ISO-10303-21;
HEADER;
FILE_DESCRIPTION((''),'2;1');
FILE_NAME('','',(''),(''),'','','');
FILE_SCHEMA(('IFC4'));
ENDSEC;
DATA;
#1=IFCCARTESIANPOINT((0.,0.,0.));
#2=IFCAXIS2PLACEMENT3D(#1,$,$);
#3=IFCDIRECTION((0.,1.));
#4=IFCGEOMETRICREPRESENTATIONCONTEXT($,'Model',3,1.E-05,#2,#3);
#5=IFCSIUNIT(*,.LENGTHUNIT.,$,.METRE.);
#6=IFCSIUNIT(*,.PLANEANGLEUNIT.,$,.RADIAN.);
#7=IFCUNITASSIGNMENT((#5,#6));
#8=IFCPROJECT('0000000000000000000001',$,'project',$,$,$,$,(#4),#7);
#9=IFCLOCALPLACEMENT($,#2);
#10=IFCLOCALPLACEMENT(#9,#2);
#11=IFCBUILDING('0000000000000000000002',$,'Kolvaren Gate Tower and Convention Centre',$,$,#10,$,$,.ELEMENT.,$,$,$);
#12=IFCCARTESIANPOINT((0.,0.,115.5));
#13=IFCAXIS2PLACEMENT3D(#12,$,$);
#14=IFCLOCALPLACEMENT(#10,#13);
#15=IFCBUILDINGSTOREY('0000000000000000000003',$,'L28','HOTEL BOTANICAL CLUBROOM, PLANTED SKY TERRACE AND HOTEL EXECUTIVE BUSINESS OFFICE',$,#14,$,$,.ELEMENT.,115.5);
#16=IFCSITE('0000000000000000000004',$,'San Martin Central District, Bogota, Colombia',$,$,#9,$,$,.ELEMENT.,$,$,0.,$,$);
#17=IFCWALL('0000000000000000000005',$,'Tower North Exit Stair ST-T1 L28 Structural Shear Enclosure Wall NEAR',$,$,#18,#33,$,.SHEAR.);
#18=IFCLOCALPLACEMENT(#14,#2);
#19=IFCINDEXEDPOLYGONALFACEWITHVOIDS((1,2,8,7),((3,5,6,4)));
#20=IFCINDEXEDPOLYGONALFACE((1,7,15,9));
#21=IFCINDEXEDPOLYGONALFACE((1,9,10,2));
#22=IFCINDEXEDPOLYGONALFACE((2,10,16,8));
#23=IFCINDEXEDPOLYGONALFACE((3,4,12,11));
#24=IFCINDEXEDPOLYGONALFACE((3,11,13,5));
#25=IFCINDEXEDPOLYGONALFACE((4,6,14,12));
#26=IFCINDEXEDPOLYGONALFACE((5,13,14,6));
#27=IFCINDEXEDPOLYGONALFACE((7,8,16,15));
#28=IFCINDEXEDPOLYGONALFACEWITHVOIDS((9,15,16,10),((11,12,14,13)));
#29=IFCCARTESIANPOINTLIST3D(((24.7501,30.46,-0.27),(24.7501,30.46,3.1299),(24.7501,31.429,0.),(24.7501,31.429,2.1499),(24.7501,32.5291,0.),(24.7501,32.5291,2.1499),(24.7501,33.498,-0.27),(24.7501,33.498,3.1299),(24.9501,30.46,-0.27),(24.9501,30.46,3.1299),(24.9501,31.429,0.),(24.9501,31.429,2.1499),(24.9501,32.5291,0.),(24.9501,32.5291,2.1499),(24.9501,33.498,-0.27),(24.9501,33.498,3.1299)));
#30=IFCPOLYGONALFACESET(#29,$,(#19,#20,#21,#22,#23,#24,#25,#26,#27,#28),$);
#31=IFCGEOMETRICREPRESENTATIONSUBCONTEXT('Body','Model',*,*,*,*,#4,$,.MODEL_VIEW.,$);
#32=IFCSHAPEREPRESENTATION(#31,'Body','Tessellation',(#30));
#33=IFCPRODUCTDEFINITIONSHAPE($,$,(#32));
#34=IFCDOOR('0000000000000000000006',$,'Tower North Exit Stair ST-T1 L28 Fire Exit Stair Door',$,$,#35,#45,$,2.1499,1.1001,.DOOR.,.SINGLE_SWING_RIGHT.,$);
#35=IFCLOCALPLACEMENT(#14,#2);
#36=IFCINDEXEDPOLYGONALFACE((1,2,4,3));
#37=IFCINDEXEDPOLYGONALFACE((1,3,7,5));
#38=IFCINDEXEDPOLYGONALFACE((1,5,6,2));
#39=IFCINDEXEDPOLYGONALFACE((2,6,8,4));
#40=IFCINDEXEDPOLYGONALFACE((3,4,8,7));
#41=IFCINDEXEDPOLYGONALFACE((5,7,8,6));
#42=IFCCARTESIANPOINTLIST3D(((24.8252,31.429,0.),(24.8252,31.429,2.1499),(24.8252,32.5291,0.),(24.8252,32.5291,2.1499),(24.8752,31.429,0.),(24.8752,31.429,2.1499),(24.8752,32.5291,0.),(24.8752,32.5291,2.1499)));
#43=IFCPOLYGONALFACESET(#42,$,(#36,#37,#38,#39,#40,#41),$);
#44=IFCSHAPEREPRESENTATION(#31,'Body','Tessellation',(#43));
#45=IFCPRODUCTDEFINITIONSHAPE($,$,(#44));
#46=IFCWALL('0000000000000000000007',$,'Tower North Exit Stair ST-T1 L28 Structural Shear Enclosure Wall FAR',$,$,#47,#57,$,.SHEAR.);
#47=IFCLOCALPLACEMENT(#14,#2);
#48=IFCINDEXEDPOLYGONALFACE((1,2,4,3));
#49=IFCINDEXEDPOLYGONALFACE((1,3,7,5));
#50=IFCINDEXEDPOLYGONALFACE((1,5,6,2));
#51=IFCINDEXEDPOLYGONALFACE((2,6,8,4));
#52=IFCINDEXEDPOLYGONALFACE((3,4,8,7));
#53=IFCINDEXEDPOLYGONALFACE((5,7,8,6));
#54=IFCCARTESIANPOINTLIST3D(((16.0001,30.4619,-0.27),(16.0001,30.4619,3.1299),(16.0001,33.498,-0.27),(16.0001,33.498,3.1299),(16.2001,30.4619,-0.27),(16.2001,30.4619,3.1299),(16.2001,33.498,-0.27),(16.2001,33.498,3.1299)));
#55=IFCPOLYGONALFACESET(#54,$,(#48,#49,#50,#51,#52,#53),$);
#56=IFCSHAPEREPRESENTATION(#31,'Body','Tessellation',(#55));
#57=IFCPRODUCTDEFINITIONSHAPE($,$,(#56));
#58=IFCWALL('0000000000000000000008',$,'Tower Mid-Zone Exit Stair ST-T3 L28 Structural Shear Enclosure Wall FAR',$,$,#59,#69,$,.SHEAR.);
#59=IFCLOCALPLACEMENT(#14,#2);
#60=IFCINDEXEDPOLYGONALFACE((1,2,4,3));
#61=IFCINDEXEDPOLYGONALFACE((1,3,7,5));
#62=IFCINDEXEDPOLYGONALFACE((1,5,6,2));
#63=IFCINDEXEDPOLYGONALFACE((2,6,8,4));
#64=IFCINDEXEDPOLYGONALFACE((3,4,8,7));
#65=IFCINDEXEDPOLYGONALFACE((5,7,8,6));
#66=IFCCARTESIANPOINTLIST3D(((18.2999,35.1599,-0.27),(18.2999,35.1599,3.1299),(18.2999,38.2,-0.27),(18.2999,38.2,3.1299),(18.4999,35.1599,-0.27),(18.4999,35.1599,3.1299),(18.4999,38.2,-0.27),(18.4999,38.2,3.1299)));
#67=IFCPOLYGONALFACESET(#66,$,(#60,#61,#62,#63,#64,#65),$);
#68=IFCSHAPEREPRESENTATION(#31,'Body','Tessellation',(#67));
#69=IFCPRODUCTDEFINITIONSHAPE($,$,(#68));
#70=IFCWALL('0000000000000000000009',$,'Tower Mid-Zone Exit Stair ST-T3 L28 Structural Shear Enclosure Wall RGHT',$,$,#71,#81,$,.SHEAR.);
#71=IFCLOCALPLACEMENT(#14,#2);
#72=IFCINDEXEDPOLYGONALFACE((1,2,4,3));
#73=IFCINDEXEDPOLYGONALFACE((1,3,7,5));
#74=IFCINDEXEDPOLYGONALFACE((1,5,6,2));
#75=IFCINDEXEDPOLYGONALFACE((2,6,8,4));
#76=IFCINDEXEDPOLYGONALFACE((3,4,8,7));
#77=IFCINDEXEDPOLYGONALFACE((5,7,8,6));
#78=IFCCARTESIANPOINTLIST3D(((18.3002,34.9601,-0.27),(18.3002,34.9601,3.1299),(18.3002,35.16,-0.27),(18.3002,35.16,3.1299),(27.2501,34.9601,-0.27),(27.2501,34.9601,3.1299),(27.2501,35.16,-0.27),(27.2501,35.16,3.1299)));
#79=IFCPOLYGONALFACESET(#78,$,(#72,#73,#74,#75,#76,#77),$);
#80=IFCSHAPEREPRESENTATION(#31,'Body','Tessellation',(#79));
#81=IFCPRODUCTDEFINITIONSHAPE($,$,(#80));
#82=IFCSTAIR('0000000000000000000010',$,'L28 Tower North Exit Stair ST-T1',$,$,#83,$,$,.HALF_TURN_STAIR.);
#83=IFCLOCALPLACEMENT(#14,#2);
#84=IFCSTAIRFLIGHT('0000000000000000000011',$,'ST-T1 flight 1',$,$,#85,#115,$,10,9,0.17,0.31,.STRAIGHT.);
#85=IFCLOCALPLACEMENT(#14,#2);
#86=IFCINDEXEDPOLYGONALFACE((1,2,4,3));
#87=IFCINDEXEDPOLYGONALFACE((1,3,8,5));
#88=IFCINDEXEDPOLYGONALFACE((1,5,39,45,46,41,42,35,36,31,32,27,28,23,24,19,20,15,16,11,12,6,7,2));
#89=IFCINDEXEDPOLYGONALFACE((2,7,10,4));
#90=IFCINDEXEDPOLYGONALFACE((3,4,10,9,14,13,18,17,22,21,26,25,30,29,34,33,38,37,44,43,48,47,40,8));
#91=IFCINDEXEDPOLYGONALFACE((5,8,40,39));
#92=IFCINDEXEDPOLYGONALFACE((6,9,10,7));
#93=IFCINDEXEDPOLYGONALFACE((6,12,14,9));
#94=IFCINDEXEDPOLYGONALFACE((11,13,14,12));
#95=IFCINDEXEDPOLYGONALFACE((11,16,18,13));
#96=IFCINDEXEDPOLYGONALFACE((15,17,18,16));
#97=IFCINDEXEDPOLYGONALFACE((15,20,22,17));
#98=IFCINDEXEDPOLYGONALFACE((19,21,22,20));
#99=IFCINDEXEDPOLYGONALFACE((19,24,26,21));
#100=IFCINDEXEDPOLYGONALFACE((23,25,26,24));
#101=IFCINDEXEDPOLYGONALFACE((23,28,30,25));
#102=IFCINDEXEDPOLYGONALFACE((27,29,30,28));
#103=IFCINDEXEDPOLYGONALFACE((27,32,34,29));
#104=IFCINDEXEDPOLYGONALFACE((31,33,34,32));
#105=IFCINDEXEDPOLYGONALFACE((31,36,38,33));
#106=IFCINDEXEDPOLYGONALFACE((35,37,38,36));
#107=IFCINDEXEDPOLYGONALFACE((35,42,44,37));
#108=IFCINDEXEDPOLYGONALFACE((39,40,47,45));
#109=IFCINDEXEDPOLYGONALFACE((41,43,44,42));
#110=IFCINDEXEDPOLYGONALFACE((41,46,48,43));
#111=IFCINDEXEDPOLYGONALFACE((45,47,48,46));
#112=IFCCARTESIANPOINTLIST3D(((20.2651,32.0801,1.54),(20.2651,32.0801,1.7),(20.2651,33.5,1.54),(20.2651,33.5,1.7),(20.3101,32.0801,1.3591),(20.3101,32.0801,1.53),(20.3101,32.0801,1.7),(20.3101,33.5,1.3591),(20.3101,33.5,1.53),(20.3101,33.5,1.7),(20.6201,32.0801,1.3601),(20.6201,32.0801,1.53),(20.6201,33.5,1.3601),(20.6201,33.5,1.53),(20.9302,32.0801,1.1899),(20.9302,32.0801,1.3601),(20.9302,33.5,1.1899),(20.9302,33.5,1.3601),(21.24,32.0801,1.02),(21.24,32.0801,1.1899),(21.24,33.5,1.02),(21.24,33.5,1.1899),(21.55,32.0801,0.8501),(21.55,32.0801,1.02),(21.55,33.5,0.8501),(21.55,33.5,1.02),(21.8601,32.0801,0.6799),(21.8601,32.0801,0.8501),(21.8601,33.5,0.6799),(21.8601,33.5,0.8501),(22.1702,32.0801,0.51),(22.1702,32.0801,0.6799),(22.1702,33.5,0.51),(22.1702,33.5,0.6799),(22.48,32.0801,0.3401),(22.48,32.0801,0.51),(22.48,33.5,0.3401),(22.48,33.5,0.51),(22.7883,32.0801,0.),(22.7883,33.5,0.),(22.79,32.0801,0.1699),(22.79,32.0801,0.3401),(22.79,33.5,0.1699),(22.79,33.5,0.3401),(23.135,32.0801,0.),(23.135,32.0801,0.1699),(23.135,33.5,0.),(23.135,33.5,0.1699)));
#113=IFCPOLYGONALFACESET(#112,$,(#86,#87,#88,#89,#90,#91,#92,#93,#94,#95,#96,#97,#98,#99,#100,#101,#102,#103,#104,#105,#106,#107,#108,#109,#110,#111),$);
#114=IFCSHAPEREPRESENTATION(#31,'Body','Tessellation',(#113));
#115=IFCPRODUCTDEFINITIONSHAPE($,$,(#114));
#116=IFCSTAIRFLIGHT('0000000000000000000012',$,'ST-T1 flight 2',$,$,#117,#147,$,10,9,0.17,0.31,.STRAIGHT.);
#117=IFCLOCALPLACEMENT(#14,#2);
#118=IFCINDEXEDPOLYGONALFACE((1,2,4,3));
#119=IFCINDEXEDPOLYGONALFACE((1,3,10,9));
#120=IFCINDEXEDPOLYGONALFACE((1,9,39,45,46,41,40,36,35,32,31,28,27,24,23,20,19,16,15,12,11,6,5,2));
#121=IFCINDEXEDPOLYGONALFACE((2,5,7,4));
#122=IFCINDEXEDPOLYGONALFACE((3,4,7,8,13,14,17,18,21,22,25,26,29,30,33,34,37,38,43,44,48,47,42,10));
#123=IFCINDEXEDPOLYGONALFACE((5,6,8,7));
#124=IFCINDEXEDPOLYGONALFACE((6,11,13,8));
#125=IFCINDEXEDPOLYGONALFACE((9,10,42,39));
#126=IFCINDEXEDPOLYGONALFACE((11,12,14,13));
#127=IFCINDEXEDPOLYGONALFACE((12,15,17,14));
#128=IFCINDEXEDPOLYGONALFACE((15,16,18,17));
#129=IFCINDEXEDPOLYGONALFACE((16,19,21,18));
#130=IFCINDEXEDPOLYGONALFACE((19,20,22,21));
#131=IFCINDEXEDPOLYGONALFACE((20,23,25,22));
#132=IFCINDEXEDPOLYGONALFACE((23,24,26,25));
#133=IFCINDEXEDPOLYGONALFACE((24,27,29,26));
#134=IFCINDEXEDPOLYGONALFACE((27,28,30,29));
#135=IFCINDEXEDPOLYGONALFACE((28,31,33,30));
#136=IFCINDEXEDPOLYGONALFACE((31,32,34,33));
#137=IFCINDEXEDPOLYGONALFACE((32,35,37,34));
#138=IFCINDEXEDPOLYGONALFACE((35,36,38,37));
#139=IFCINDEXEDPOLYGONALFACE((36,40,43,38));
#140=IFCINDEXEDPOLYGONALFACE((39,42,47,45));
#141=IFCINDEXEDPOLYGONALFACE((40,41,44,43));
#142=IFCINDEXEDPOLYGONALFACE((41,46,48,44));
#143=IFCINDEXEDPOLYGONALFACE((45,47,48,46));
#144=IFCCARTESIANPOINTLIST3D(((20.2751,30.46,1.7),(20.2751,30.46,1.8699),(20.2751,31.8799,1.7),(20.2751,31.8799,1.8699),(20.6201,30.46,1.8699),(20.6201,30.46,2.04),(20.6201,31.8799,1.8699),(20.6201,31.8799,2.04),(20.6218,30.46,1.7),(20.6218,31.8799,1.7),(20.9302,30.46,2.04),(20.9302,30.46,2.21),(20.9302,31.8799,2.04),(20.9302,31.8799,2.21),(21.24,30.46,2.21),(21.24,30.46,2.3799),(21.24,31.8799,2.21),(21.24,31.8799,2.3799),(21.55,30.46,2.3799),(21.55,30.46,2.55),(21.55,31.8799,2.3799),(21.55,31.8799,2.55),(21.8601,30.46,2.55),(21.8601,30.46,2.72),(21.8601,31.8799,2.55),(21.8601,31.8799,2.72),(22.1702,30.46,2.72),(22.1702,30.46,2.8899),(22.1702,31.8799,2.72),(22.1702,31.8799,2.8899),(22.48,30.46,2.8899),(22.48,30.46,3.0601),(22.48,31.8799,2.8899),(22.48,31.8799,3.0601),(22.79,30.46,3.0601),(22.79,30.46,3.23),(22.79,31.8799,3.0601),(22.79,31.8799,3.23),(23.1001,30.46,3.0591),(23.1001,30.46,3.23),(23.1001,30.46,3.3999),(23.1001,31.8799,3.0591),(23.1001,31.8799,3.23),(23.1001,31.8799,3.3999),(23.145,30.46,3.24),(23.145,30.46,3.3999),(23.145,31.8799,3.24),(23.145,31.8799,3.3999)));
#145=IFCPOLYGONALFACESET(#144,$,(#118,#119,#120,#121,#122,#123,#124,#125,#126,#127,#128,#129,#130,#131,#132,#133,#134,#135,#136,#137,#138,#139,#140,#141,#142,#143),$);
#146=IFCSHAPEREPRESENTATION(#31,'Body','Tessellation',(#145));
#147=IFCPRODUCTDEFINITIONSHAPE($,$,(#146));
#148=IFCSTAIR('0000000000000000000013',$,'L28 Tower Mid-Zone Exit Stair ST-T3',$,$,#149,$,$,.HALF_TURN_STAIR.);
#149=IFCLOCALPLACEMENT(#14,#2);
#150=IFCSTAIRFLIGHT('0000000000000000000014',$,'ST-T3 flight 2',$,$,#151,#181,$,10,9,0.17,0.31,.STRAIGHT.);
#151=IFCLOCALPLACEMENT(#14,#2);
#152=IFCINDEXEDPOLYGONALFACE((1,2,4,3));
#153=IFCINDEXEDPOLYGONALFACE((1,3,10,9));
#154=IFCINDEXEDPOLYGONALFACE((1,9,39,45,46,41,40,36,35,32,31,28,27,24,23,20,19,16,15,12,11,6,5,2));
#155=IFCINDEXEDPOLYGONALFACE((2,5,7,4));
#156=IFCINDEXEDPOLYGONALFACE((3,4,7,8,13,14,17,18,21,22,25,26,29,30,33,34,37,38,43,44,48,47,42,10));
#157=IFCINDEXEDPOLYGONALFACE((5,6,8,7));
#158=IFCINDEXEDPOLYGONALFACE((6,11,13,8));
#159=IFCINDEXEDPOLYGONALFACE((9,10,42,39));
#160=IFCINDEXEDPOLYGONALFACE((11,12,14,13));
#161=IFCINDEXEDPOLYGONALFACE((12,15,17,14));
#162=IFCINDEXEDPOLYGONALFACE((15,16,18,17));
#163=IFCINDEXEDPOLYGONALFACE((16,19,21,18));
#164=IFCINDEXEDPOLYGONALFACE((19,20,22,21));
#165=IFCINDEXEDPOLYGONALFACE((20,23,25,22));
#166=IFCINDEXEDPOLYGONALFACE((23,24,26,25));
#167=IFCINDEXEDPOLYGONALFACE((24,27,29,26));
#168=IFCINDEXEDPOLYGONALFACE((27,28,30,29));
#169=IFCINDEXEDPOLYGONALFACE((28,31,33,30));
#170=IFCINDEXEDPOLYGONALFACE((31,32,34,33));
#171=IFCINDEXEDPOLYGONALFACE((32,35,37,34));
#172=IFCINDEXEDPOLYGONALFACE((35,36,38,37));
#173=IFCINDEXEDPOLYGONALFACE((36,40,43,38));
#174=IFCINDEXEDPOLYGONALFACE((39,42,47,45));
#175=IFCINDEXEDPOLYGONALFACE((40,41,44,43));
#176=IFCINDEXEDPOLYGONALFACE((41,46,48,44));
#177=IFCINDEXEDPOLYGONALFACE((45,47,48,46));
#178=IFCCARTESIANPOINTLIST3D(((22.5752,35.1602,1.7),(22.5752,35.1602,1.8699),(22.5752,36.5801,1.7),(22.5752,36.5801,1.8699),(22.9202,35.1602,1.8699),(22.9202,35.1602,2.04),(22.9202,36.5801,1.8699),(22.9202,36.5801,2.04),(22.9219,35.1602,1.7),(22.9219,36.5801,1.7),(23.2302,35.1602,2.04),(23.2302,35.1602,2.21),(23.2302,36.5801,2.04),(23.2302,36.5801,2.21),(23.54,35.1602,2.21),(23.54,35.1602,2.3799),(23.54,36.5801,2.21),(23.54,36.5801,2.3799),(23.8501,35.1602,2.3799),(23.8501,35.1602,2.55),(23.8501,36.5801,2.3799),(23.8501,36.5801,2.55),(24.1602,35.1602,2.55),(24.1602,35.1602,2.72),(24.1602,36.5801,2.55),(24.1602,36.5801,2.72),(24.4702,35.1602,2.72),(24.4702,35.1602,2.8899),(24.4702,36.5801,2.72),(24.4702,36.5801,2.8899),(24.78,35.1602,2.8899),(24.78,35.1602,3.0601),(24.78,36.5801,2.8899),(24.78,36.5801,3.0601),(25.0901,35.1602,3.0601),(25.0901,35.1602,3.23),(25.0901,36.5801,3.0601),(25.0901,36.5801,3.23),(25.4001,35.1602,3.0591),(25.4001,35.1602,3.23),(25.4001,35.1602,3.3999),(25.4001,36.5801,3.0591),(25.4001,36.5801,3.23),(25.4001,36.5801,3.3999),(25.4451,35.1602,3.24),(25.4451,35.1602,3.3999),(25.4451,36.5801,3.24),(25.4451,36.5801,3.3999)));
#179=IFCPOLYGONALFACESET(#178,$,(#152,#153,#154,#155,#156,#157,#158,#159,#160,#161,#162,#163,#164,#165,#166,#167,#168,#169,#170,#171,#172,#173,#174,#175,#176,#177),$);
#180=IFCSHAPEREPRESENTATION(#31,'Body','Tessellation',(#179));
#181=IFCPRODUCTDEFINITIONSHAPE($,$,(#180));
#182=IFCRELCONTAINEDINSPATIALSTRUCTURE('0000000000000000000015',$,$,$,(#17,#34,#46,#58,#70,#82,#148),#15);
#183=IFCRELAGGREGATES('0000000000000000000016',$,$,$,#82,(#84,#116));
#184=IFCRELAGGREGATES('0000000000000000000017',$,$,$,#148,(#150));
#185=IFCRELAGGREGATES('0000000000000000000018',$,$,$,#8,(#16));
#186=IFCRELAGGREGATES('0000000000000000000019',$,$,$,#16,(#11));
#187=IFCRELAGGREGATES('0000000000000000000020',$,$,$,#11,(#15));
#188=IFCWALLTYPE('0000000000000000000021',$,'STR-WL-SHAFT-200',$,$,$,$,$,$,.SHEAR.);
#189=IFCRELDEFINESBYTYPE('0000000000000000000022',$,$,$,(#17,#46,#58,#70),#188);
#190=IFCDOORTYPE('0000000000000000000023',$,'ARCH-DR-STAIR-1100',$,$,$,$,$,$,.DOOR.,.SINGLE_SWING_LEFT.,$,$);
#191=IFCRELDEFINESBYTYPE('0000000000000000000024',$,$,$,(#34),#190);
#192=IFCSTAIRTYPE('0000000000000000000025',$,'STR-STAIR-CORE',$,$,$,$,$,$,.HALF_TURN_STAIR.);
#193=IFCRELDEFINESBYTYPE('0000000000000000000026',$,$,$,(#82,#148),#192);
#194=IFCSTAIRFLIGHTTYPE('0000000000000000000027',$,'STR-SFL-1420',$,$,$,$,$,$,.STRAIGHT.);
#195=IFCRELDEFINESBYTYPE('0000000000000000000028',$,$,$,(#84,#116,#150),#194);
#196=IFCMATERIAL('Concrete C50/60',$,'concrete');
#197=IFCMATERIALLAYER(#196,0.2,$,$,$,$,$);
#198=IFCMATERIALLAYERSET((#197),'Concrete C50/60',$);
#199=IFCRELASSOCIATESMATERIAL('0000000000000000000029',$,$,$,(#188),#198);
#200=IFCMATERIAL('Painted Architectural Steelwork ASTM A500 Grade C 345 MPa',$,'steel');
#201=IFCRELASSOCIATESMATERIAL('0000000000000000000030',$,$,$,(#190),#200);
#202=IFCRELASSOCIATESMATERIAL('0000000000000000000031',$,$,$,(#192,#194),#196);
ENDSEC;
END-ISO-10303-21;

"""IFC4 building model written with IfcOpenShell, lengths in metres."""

from ifc_helpers import new_model, si_unit, direction, frame, frame_2d, origin, place, context, subcontext, project, spatial, polyline, rectangle, outline, extrude, material, layer, layer_set, type_object, element, fill, aggregate, save


model = new_model("IFC4")

# Units and contexts
model_context = context("Model", 3, precision=1e-05, world=origin(), true_north=direction((0.0, 1.0)))
body_context = subcontext(model_context, "Body", "Model", "MODEL_VIEW")
ifc_project = project(units=[si_unit("LENGTHUNIT", "METRE"), si_unit("PLANEANGLEUNIT", "RADIAN")], contexts=[model_context])

# Site, building, storey
site_placement = place(None, origin())
site = spatial("IfcSite", under=ifc_project, at=site_placement, Name="San Martin Central District, Bogota, Colombia", CompositionType="ELEMENT", RefElevation=0.0)
building_placement = place(site_placement, origin())
building = spatial("IfcBuilding", under=site, at=building_placement, Name="Kolvaren Gate Tower and Convention Centre", CompositionType="ELEMENT")
storey_placement = place(building_placement, frame((0.0, 0.0, 115.5)))
storey = spatial("IfcBuildingStorey", under=building, at=storey_placement, Name="L28", Description="HOTEL BOTANICAL CLUBROOM, PLANTED SKY TERRACE AND HOTEL EXECUTIVE BUSINESS OFFICE", CompositionType="ELEMENT", Elevation=115.5)

# Wall, opening, door
ifc_material_1 = material(Name="Concrete C50/60", Category="concrete")
ifc_layer_1 = layer(ifc_material_1, 0.2)
ifc_layer_set_1 = layer_set([ifc_layer_1], Name="Concrete C50/60")
wall_type_1 = type_object("IfcWallType", Name="STR-WL-SHAFT-200", PredefinedType="SHEAR", material=ifc_layer_set_1)
wall_1_placement = place(storey_placement, frame((24.8501, 30.46, -0.27), z_axis=(0.0, 0.0, 1.0), x_axis=(0.0, 1.0, 0.0)))
wall_1 = element("IfcWall", 1, at=wall_1_placement, inside=storey, type_object=wall_type_1, Name="Tower North Exit Stair ST-T1 L28 Structural Shear Enclosure Wall NEAR", PredefinedType="SHEAR", context=body_context, shape_type="SweptSolid", body=[
    extrude(rectangle(XDim=3.0381, YDim=0.2, at=frame_2d((1.519, 0.0))), origin(), (0.0, 0.0, 1.0), 3.3999),
])
opening_1_placement = place(wall_1_placement, frame((0.969, 0.0, 0.27)))
opening_1 = element("IfcOpeningElement", 2, at=opening_1_placement, cuts=wall_1, PredefinedType="OPENING", context=body_context, shape_type="SweptSolid", body=[
    extrude(rectangle(XDim=1.1001, YDim=2.1499, at=frame_2d((0.55, 1.075))), frame((0.0, 0.1099, 0.0), z_axis=(0.0, -1.0, 0.0), x_axis=(1.0, 0.0, 0.0)), (0.0, 0.0, 1.0), 0.22),
])
ifc_material_2 = material(Name="Painted Architectural Steelwork ASTM A500 Grade C 345 MPa", Category="steel")
door_type_1 = type_object("IfcDoorType", Name="ARCH-DR-STAIR-1100", OperationType="SINGLE_SWING_LEFT", PredefinedType="DOOR", material=ifc_material_2)
door_1_placement = place(opening_1_placement, origin())
door_1 = element("IfcDoor", 3, at=door_1_placement, inside=storey, type_object=door_type_1, Name="Tower North Exit Stair ST-T1 L28 Fire Exit Stair Door", OperationType="SINGLE_SWING_RIGHT", OverallHeight=2.1499, OverallWidth=1.1001, PredefinedType="DOOR", context=body_context, shape_type="SweptSolid", body=[
    extrude(rectangle(XDim=1.1001, YDim=2.1499, at=frame_2d((0.55, 1.075))), frame((0.0, 0.0249, 0.0), z_axis=(0.0, -1.0, 0.0), x_axis=(1.0, 0.0, 0.0)), (0.0, 0.0, 1.0), 0.05),
])
fill(opening_1, door_1)

# Walls
wall_2_placement = place(storey_placement, frame((16.1001, 30.4619, -0.27), z_axis=(0.0, 0.0, 1.0), x_axis=(0.0, 1.0, 0.0)))
element("IfcWall", 4, at=wall_2_placement, inside=storey, type_object=wall_type_1, Name="Tower North Exit Stair ST-T1 L28 Structural Shear Enclosure Wall FAR", PredefinedType="SHEAR", context=body_context, shape_type="SweptSolid", body=[
    extrude(rectangle(XDim=3.0361, YDim=0.2, at=frame_2d((1.5181, 0.0))), origin(), (0.0, 0.0, 1.0), 3.3999),
])
wall_3_placement = place(storey_placement, frame((18.3999, 35.1599, -0.27), z_axis=(0.0, 0.0, 1.0), x_axis=(0.0, 1.0, 0.0)))
element("IfcWall", 5, at=wall_3_placement, inside=storey, type_object=wall_type_1, Name="Tower Mid-Zone Exit Stair ST-T3 L28 Structural Shear Enclosure Wall FAR", PredefinedType="SHEAR", context=body_context, shape_type="SweptSolid", body=[
    extrude(rectangle(XDim=3.04, YDim=0.2, at=frame_2d((1.52, 0.0))), origin(), (0.0, 0.0, 1.0), 3.3999),
])
wall_4_placement = place(storey_placement, frame((18.3, 35.0601, -0.27), z_axis=(0.0, 0.0, 1.0), x_axis=(1.0, 0.0, 0.0)))
element("IfcWall", 6, at=wall_4_placement, inside=storey, type_object=wall_type_1, Name="Tower Mid-Zone Exit Stair ST-T3 L28 Structural Shear Enclosure Wall RGHT", PredefinedType="SHEAR", context=body_context, shape_type="SweptSolid", body=[
    extrude(rectangle(XDim=8.95, YDim=0.2, at=frame_2d((4.4751, 0.0))), origin(), (0.0, 0.0, 1.0), 3.3999),
])

# Stair, stair flights
stair_type = type_object("IfcStairType", Name="STR-STAIR-CORE", PredefinedType="HALF_TURN_STAIR", material=ifc_material_1)
stair_1_placement = place(storey_placement, origin())
stair_1 = element("IfcStair", 7, at=stair_1_placement, inside=storey, type_object=stair_type, Name="L28 Tower North Exit Stair ST-T1", PredefinedType="HALF_TURN_STAIR")
stair_flight_type = type_object("IfcStairFlightType", Name="STR-SFL-1420", PredefinedType="STRAIGHT", material=ifc_material_1)
stair_flight_1_placement = place(storey_placement, frame((23.1001, 32.79, 0.0), z_axis=(0.0, 0.0, 1.0), x_axis=(-1.0, 0.0, 0.0)))
stair_flight_1 = element("IfcStairFlight", 8, at=stair_flight_1_placement, type_object=stair_flight_type, Name="ST-T1 flight 1", NumberOfRisers=10, NumberOfTreads=9, PredefinedType="STRAIGHT", RiserHeight=0.17, TreadLength=0.31, context=body_context, shape_type="SweptSolid", body=[
    extrude(outline(polyline([(-0.0349, 0.0), (-0.0349, 0.1699), (0.3101, 0.1699), (0.3101, 0.3401), (0.6201, 0.3401), (0.6201, 0.51), (0.9299, 0.51), (0.9299, 0.6799), (1.24, 0.6799), (1.24, 0.8501), (1.55, 0.8501), (1.55, 1.02), (1.8601, 1.02), (1.8601, 1.1899), (2.1699, 1.1899), (2.1699, 1.3601), (2.48, 1.3601), (2.48, 1.53), (2.79, 1.53), (2.79, 1.7), (2.835, 1.7), (2.835, 1.54), (2.79, 1.3591), (0.3118, 0.0), (-0.0349, 0.0)])), frame((0.0, 0.71, 0.0), z_axis=(0.0, -1.0, 0.0), x_axis=(1.0, 0.0, 0.0)), (0.0, 0.0, 1.0), 1.4199),
])
stair_flight_2_placement = place(storey_placement, frame((20.3101, 31.1699, 1.7), z_axis=(0.0, 0.0, 1.0), x_axis=(1.0, 0.0, 0.0)))
stair_flight_2 = element("IfcStairFlight", 9, at=stair_flight_2_placement, type_object=stair_flight_type, Name="ST-T1 flight 2", NumberOfRisers=10, NumberOfTreads=9, PredefinedType="STRAIGHT", RiserHeight=0.17, TreadLength=0.31, context=body_context, shape_type="SweptSolid", body=[
    extrude(outline(polyline([(-0.0349, 0.0), (-0.0349, 0.1699), (0.3101, 0.1699), (0.3101, 0.3401), (0.6201, 0.3401), (0.6201, 0.51), (0.9299, 0.51), (0.9299, 0.6799), (1.24, 0.6799), (1.24, 0.8501), (1.55, 0.8501), (1.55, 1.02), (1.8601, 1.02), (1.8601, 1.1899), (2.1699, 1.1899), (2.1699, 1.3601), (2.48, 1.3601), (2.48, 1.53), (2.79, 1.53), (2.79, 1.7), (2.835, 1.7), (2.835, 1.54), (2.79, 1.3591), (0.3118, 0.0), (-0.0349, 0.0)])), frame((0.0, 0.71, 0.0), z_axis=(0.0, -1.0, 0.0), x_axis=(1.0, 0.0, 0.0)), (0.0, 0.0, 1.0), 1.4199),
])
aggregate(stair_1, [stair_flight_1, stair_flight_2])

# Stair, stair flight
stair_2_placement = place(storey_placement, origin())
stair_2 = element("IfcStair", 10, at=stair_2_placement, inside=storey, type_object=stair_type, Name="L28 Tower Mid-Zone Exit Stair ST-T3", PredefinedType="HALF_TURN_STAIR")
stair_flight_3_placement = place(storey_placement, frame((22.6101, 35.8701, 1.7), z_axis=(0.0, 0.0, 1.0), x_axis=(1.0, 0.0, 0.0)))
stair_flight_3 = element("IfcStairFlight", 11, at=stair_flight_3_placement, type_object=stair_flight_type, Name="ST-T3 flight 2", NumberOfRisers=10, NumberOfTreads=9, PredefinedType="STRAIGHT", RiserHeight=0.17, TreadLength=0.31, context=body_context, shape_type="SweptSolid", body=[
    extrude(outline(polyline([(-0.0349, 0.0), (-0.0349, 0.1699), (0.3101, 0.1699), (0.3101, 0.3401), (0.6201, 0.3401), (0.6201, 0.51), (0.9299, 0.51), (0.9299, 0.6799), (1.24, 0.6799), (1.24, 0.8501), (1.55, 0.8501), (1.55, 1.02), (1.8601, 1.02), (1.8601, 1.1899), (2.1699, 1.1899), (2.1699, 1.3601), (2.48, 1.3601), (2.48, 1.53), (2.79, 1.53), (2.79, 1.7), (2.835, 1.7), (2.835, 1.54), (2.79, 1.3591), (0.3118, 0.0), (-0.0349, 0.0)])), frame((0.0, 0.71, 0.0), z_axis=(0.0, -1.0, 0.0), x_axis=(1.0, 0.0, 0.0)), (0.0, 0.0, 1.0), 1.4199),
])
aggregate(stair_2, [stair_flight_3])

save(model, "model.ifc")
